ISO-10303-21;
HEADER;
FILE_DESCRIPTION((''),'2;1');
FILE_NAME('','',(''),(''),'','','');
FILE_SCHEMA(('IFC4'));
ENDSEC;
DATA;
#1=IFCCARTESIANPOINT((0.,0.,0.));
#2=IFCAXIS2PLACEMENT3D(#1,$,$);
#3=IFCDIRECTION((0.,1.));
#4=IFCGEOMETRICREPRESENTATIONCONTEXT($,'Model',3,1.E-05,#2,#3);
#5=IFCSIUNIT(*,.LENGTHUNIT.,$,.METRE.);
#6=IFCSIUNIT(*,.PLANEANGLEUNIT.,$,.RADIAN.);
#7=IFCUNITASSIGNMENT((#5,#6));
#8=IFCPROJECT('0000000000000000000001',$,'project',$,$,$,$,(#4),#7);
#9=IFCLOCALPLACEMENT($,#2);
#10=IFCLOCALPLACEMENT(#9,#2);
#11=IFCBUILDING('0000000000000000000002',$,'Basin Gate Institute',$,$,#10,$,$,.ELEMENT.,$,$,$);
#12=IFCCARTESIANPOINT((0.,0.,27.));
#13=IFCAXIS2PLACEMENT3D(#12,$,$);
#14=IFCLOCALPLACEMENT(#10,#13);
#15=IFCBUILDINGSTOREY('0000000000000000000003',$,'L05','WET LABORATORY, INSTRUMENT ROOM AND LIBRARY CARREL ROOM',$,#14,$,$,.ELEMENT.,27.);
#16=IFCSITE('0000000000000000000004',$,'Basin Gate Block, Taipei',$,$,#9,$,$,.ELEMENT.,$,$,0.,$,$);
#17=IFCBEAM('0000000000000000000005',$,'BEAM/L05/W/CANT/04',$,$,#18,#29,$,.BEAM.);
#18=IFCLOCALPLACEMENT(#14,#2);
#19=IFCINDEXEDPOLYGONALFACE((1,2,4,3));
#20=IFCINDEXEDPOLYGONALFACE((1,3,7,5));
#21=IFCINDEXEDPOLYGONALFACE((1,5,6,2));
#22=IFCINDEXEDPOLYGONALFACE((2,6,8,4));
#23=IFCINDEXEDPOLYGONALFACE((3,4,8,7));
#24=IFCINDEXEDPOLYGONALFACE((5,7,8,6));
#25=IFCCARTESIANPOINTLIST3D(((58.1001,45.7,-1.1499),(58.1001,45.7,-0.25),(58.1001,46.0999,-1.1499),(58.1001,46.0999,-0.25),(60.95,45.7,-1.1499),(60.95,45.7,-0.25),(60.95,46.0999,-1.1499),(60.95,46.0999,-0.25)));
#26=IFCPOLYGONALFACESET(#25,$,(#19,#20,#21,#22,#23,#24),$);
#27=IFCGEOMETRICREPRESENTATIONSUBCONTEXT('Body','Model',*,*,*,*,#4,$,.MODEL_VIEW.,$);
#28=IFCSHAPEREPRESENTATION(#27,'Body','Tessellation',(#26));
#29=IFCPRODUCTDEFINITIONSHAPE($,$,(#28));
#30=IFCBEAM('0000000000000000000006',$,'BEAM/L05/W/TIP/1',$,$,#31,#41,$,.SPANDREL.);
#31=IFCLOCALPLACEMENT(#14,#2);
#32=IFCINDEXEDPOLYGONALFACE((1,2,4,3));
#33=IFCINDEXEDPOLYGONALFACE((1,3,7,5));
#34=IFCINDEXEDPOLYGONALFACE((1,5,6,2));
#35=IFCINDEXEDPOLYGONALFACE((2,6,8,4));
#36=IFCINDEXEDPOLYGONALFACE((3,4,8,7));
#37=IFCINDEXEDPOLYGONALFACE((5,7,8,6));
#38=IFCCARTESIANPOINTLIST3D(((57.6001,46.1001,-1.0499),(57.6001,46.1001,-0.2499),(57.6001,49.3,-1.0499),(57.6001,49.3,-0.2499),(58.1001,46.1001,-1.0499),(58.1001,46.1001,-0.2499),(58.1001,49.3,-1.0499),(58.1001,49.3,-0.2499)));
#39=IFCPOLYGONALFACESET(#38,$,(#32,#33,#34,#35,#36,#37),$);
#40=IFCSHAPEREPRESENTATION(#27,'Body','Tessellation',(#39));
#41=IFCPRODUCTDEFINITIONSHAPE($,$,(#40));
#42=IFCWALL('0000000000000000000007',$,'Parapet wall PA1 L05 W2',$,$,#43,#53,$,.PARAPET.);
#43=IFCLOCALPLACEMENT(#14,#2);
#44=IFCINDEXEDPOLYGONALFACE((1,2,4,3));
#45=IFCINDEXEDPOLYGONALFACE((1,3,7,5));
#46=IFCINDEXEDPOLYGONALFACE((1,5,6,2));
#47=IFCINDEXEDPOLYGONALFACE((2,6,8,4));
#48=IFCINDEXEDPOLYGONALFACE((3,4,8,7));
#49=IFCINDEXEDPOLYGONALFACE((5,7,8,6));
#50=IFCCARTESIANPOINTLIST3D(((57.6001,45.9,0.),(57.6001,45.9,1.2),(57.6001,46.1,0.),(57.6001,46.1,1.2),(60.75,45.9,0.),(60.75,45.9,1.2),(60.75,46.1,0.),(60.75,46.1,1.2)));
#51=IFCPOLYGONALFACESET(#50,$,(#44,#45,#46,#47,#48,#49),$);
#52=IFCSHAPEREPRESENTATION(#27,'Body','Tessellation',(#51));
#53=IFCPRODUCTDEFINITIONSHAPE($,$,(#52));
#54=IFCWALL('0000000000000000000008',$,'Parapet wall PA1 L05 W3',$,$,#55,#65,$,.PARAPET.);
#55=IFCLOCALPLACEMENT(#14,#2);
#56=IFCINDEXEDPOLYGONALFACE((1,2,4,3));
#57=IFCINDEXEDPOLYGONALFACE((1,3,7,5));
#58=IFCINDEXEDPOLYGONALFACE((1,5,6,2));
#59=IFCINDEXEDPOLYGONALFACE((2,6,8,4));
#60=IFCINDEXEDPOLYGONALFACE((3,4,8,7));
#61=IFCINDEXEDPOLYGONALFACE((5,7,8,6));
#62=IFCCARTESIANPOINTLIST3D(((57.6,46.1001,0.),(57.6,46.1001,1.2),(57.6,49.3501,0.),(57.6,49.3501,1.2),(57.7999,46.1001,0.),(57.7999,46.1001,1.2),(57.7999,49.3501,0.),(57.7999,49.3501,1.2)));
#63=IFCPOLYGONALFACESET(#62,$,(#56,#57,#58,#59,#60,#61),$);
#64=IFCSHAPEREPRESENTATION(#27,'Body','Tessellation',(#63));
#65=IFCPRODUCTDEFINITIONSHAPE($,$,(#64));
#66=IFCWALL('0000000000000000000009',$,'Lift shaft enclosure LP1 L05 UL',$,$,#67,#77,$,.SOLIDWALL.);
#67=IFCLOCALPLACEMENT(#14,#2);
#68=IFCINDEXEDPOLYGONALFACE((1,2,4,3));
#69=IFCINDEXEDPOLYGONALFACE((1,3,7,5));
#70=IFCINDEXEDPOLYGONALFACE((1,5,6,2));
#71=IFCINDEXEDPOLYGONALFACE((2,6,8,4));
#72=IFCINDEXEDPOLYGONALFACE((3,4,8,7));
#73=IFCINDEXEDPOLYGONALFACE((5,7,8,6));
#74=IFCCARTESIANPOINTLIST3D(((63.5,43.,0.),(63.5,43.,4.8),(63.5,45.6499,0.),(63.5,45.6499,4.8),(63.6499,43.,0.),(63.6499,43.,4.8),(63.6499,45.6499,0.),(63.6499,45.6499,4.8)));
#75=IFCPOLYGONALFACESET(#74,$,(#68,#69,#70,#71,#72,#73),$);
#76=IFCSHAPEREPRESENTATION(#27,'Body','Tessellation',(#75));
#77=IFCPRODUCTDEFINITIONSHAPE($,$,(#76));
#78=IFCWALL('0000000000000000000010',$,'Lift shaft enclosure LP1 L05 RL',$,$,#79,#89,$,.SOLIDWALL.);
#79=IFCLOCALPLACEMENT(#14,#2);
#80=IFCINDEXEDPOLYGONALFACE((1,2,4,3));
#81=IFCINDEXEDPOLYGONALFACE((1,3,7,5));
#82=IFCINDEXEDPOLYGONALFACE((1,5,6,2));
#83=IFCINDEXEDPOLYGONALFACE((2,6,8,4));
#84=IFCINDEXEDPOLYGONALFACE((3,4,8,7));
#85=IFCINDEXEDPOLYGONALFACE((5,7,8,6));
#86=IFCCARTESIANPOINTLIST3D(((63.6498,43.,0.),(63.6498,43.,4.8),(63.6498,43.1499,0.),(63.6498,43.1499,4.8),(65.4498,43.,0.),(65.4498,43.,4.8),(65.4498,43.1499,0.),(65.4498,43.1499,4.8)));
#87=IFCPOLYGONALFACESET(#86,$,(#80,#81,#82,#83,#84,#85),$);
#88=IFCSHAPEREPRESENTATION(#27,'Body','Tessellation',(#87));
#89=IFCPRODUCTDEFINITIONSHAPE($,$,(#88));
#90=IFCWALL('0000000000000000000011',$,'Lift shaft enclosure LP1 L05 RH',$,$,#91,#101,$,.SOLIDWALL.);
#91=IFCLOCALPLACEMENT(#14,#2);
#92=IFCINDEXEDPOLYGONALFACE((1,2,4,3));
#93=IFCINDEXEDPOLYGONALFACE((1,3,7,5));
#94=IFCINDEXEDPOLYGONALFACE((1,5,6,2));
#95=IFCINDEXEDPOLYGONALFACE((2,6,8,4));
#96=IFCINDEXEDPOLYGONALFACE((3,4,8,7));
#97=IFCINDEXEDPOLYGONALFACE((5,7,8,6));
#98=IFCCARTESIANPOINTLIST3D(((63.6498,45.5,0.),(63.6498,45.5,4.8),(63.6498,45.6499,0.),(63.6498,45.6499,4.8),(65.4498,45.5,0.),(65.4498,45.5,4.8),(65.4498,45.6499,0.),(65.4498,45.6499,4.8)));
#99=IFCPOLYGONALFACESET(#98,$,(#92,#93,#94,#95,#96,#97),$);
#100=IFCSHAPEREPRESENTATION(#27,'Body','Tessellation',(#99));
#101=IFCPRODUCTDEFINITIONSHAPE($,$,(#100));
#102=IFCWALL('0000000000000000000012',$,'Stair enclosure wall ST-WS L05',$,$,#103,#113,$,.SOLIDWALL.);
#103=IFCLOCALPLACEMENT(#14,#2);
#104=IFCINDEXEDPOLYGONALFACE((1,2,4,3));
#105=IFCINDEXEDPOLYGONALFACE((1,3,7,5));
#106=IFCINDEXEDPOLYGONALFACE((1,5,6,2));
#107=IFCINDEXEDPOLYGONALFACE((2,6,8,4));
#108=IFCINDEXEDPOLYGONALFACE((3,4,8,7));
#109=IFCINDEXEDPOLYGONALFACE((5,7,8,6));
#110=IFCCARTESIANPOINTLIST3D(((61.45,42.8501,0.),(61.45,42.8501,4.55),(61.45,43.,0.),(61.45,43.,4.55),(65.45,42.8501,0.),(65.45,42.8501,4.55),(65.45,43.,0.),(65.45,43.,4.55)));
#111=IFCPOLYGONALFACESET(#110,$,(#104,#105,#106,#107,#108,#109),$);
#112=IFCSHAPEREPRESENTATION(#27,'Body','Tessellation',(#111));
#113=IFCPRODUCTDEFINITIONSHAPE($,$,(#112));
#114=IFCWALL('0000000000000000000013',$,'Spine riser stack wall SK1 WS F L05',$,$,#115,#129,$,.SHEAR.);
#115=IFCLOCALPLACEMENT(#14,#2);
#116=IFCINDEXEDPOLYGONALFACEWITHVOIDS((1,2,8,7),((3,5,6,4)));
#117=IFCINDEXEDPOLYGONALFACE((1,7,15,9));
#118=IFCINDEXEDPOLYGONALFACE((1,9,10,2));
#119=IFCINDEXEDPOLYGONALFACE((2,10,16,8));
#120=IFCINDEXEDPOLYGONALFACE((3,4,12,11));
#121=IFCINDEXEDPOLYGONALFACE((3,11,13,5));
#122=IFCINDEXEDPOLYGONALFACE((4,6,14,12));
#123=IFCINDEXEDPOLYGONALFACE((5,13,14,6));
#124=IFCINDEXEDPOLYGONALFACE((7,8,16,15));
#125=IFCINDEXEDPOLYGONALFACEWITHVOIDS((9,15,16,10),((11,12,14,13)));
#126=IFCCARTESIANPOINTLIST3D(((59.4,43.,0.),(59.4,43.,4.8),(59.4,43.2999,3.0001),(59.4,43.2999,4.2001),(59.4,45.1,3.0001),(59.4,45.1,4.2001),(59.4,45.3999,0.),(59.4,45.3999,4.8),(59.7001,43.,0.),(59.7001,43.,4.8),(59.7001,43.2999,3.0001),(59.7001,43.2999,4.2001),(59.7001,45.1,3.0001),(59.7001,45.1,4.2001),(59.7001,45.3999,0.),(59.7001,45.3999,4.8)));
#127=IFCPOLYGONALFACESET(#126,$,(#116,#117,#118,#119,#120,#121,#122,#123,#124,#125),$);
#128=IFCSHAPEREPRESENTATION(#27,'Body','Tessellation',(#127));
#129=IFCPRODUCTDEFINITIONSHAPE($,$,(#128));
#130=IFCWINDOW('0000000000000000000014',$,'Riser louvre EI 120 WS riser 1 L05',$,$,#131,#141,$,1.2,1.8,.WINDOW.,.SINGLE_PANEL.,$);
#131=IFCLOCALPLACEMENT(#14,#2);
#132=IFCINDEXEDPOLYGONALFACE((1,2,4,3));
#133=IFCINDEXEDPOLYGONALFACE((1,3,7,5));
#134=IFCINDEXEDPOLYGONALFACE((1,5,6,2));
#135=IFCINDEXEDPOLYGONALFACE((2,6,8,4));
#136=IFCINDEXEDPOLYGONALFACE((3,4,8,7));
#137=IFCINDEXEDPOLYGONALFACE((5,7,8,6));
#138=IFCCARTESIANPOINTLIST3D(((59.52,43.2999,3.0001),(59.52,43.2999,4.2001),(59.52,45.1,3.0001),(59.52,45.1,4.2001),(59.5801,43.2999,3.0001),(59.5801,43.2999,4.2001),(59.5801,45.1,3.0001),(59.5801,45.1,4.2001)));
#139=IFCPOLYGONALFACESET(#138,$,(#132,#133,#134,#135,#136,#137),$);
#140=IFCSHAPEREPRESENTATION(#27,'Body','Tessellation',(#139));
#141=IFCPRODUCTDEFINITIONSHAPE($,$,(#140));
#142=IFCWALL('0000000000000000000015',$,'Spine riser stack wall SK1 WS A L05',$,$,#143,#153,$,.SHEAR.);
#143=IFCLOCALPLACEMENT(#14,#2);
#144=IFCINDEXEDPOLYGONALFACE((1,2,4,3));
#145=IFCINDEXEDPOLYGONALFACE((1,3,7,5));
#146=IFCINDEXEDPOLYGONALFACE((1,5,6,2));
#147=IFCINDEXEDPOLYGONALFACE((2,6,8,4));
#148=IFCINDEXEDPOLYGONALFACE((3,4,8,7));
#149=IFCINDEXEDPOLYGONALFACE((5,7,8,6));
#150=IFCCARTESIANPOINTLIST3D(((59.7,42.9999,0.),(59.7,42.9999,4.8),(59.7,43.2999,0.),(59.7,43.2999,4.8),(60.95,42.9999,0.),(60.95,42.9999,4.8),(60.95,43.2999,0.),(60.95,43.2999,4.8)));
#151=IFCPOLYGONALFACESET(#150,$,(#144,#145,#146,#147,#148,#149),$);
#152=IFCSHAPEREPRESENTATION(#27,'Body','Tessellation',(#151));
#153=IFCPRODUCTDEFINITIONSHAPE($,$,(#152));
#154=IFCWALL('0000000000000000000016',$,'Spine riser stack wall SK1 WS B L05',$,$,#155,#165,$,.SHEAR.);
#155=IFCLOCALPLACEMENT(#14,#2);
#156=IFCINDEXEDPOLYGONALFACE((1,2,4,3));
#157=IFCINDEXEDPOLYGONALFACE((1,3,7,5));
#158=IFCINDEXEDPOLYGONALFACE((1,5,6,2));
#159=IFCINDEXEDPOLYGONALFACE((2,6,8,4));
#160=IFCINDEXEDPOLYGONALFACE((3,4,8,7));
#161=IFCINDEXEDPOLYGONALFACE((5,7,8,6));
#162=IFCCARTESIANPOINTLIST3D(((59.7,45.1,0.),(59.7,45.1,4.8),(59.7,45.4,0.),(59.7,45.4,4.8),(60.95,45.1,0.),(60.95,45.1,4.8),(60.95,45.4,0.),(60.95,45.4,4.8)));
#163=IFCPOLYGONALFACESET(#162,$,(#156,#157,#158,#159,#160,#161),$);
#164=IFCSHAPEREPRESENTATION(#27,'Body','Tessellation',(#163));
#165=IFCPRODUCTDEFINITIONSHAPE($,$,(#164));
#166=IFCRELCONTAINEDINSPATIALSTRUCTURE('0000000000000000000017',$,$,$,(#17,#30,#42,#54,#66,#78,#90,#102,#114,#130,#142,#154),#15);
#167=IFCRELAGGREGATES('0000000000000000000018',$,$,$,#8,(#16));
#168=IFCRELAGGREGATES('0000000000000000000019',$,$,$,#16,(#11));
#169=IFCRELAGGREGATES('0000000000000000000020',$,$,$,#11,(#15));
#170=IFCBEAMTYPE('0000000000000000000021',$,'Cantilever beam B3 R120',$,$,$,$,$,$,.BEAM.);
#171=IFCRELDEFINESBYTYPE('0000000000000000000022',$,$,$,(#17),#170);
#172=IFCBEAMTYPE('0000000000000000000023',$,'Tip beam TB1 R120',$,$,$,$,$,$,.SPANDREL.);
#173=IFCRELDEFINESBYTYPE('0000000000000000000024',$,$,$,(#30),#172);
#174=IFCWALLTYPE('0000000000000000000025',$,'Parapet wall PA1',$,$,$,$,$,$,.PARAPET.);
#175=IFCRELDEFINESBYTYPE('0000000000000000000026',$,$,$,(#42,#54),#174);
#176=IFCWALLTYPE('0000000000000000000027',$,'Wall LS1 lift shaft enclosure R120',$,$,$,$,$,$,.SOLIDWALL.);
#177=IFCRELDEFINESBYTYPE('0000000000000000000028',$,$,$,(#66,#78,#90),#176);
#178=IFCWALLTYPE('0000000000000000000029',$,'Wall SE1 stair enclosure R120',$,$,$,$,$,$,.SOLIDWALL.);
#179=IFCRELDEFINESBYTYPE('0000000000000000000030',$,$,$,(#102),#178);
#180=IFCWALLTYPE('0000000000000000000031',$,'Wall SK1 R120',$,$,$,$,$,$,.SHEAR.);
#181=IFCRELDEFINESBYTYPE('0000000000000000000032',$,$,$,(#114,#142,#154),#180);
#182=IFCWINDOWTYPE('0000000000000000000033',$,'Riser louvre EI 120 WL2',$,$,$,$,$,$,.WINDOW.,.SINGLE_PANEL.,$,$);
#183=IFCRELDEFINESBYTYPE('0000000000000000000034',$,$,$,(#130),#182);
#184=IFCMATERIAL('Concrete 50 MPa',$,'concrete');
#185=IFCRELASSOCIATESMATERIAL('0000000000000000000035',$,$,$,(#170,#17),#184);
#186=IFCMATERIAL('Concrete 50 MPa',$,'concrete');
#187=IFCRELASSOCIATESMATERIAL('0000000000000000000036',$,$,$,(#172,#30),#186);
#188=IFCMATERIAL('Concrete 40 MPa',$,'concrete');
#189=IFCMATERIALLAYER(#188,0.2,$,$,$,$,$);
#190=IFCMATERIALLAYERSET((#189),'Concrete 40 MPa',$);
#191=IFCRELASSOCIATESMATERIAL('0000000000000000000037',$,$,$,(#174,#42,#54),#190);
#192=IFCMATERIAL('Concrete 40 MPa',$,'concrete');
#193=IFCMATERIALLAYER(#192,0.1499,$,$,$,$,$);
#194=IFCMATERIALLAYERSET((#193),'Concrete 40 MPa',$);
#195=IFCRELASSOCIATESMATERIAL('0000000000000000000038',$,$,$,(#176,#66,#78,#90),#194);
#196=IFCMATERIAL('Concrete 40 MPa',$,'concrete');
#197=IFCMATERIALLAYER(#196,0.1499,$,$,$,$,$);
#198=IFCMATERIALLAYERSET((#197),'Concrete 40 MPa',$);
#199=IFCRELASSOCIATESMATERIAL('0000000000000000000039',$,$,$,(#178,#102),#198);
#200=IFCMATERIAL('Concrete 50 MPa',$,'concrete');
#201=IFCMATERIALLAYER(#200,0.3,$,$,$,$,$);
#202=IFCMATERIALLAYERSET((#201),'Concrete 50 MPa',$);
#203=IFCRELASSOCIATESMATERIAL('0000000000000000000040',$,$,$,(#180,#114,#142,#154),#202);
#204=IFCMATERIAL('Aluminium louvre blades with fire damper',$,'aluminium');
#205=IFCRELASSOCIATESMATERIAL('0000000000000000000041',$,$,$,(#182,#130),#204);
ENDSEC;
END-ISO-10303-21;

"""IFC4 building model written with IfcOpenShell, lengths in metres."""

from ifc_helpers import new_model, si_unit, direction, frame, frame_2d, origin, origin_2d, place, context, subcontext, project, spatial, rectangle, extrude, material, layer, layer_set, material_profile, profile_set, type_object, element, fill, save


model = new_model("IFC4")

# Units and contexts
model_context = context("Model", 3, precision=1e-05, world=origin(), true_north=direction((0.0, 1.0)))
body_context = subcontext(model_context, "Body", "Model", "MODEL_VIEW")
ifc_project = project(units=[si_unit("LENGTHUNIT", "METRE"), si_unit("PLANEANGLEUNIT", "RADIAN")], contexts=[model_context])

# Site, building, storey
site_placement = place(None, origin())
site = spatial("IfcSite", under=ifc_project, at=site_placement, Name="Basin Gate Block, Taipei", CompositionType="ELEMENT", RefElevation=0.0)
building_placement = place(site_placement, origin())
building = spatial("IfcBuilding", under=site, at=building_placement, Name="Basin Gate Institute", CompositionType="ELEMENT")
storey_placement = place(building_placement, frame((0.0, 0.0, 27.0)))
storey = spatial("IfcBuildingStorey", under=building, at=storey_placement, Name="L05", Description="WET LABORATORY, INSTRUMENT ROOM AND LIBRARY CARREL ROOM", CompositionType="ELEMENT", Elevation=27.0)

# Beams
ifc_material_1 = material(Name="Concrete 50 MPa", Category="concrete")
ifc_material_profile_1 = material_profile(ifc_material_1, rectangle(XDim=0.3999, YDim=0.8999, at=origin_2d()), Name="Cantilever beam B3 400 x 900")
ifc_profile_set_1 = profile_set([ifc_material_profile_1], Name="Concrete 50 MPa")
beam_type_1 = type_object("IfcBeamType", Name="Cantilever beam B3 R120", PredefinedType="BEAM", material=ifc_profile_set_1)
beam_1_placement = place(storey_placement, frame((58.1001, 45.8999, -0.7), z_axis=(1.0, 0.0, 0.0), x_axis=(0.0, 1.0, 0.0)))
element("IfcBeam", 1, at=beam_1_placement, inside=storey, type_object=beam_type_1, material=ifc_profile_set_1, Name="BEAM/L05/W/CANT/04", PredefinedType="BEAM", context=body_context, shape_type="SweptSolid", body=[
    extrude(rectangle(XDim=0.3999, YDim=0.8999, at=origin_2d()), origin(), (0.0, 0.0, 1.0), 2.8499),
])
ifc_material_2 = material(Name="Concrete 50 MPa", Category="concrete")
ifc_material_profile_2 = material_profile(ifc_material_2, rectangle(XDim=0.5, YDim=0.8, at=origin_2d()), Name="Tip beam TB1 500 x 800")
ifc_profile_set_2 = profile_set([ifc_material_profile_2], Name="Concrete 50 MPa")
beam_type_2 = type_object("IfcBeamType", Name="Tip beam TB1 R120", PredefinedType="SPANDREL", material=ifc_profile_set_2)
beam_2_placement = place(storey_placement, frame((57.8501, 46.1001, -0.6499), z_axis=(0.0, 1.0, 0.0), x_axis=(-1.0, 0.0, 0.0)))
element("IfcBeam", 2, at=beam_2_placement, inside=storey, type_object=beam_type_2, material=ifc_profile_set_2, Name="BEAM/L05/W/TIP/1", PredefinedType="SPANDREL", context=body_context, shape_type="SweptSolid", body=[
    extrude(rectangle(XDim=0.5, YDim=0.8, at=origin_2d()), origin(), (0.0, 0.0, 1.0), 3.2),
])

# Walls
ifc_material_3 = material(Name="Concrete 40 MPa", Category="concrete")
ifc_layer_1 = layer(ifc_material_3, 0.2)
ifc_layer_set_1 = layer_set([ifc_layer_1], Name="Concrete 40 MPa")
wall_type_1 = type_object("IfcWallType", Name="Parapet wall PA1", PredefinedType="PARAPET", material=ifc_layer_set_1)
wall_1_placement = place(storey_placement, frame((60.75, 46.0, 0.0), z_axis=(0.0, 0.0, 1.0), x_axis=(-1.0, 0.0, 0.0)))
element("IfcWall", 3, at=wall_1_placement, inside=storey, type_object=wall_type_1, material=ifc_layer_set_1, Name="Parapet wall PA1 L05 W2", PredefinedType="PARAPET", context=body_context, shape_type="SweptSolid", body=[
    extrude(rectangle(XDim=3.1499, YDim=0.2, at=frame_2d((1.575, 0.0))), origin(), (0.0, 0.0, 1.0), 1.2),
])
wall_2_placement = place(storey_placement, frame((57.7, 46.1001, 0.0), z_axis=(0.0, 0.0, 1.0), x_axis=(0.0, 1.0, 0.0)))
element("IfcWall", 4, at=wall_2_placement, inside=storey, type_object=wall_type_1, material=ifc_layer_set_1, Name="Parapet wall PA1 L05 W3", PredefinedType="PARAPET", context=body_context, shape_type="SweptSolid", body=[
    extrude(rectangle(XDim=3.25, YDim=0.2, at=frame_2d((1.625, 0.0))), origin(), (0.0, 0.0, 1.0), 1.2),
])
ifc_material_4 = material(Name="Concrete 40 MPa", Category="concrete")
ifc_layer_2 = layer(ifc_material_4, 0.1499)
ifc_layer_set_2 = layer_set([ifc_layer_2], Name="Concrete 40 MPa")
wall_type_2 = type_object("IfcWallType", Name="Wall LS1 lift shaft enclosure R120", PredefinedType="SOLIDWALL", material=ifc_layer_set_2)
wall_3_placement = place(storey_placement, frame((63.575, 43.0, 0.0), z_axis=(0.0, 0.0, 1.0), x_axis=(0.0, 1.0, 0.0)))
element("IfcWall", 5, at=wall_3_placement, inside=storey, type_object=wall_type_2, material=ifc_layer_set_2, Name="Lift shaft enclosure LP1 L05 UL", PredefinedType="SOLIDWALL", context=body_context, shape_type="SweptSolid", body=[
    extrude(rectangle(XDim=2.6499, YDim=0.1499, at=frame_2d((1.325, 0.0))), origin(), (0.0, 0.0, 1.0), 4.8),
])
for number, where, z_axis, x_axis, name in (
    (6, (63.6499, 43.075, 0.0), (0.0, 0.0, 1.0), (1.0, 0.0, 0.0), "Lift shaft enclosure LP1 L05 RL"),
    (7, (63.6499, 45.575, 0.0), (0.0, 0.0, 1.0), (1.0, 0.0, 0.0), "Lift shaft enclosure LP1 L05 RH"),
):
    element("IfcWall", number, at=place(storey_placement, frame(where, z_axis=z_axis, x_axis=x_axis)), inside=storey, type_object=wall_type_2, material=ifc_layer_set_2, Name=name, PredefinedType="SOLIDWALL", context=body_context, shape_type="SweptSolid", body=[
        extrude(rectangle(XDim=1.8, YDim=0.1499, at=frame_2d((0.8999, 0.0))), origin(), (0.0, 0.0, 1.0), 4.8),
    ])
ifc_material_5 = material(Name="Concrete 40 MPa", Category="concrete")
ifc_layer_3 = layer(ifc_material_5, 0.1499)
ifc_layer_set_3 = layer_set([ifc_layer_3], Name="Concrete 40 MPa")
wall_type_3 = type_object("IfcWallType", Name="Wall SE1 stair enclosure R120", PredefinedType="SOLIDWALL", material=ifc_layer_set_3)
wall_4_placement = place(storey_placement, frame((61.45, 42.925, 0.0), z_axis=(0.0, 0.0, 1.0), x_axis=(1.0, 0.0, 0.0)))
element("IfcWall", 8, at=wall_4_placement, inside=storey, type_object=wall_type_3, material=ifc_layer_set_3, Name="Stair enclosure wall ST-WS L05", PredefinedType="SOLIDWALL", context=body_context, shape_type="SweptSolid", body=[
    extrude(rectangle(XDim=4.0, YDim=0.1499, at=frame_2d((2.0, 0.0))), origin(), (0.0, 0.0, 1.0), 4.55),
])

# Wall, opening, window
ifc_material_6 = material(Name="Concrete 50 MPa", Category="concrete")
ifc_layer_4 = layer(ifc_material_6, 0.3)
ifc_layer_set_4 = layer_set([ifc_layer_4], Name="Concrete 50 MPa")
wall_type_4 = type_object("IfcWallType", Name="Wall SK1 R120", PredefinedType="SHEAR", material=ifc_layer_set_4)
wall_5_placement = place(storey_placement, frame((59.55, 43.0, 0.0), z_axis=(0.0, 0.0, 1.0), x_axis=(0.0, 1.0, 0.0)))
wall_5 = element("IfcWall", 9, at=wall_5_placement, inside=storey, type_object=wall_type_4, material=ifc_layer_set_4, Name="Spine riser stack wall SK1 WS F L05", PredefinedType="SHEAR", context=body_context, shape_type="SweptSolid", body=[
    extrude(rectangle(XDim=2.3999, YDim=0.3, at=frame_2d((1.2, 0.0))), origin(), (0.0, 0.0, 1.0), 4.8),
])
opening_1_placement = place(wall_5_placement, frame((0.3, 0.0, 3.0)))
opening_1 = element("IfcOpeningElement", 10, at=opening_1_placement, cuts=wall_5, PredefinedType="OPENING", context=body_context, shape_type="SweptSolid", body=[
    extrude(rectangle(XDim=1.8, YDim=1.2, at=frame_2d((0.8999, 0.6001))), frame((0.0, 0.1602, 0.0), z_axis=(0.0, -1.0, 0.0), x_axis=(1.0, 0.0, 0.0)), (0.0, 0.0, 1.0), 0.3201),
])
ifc_material_7 = material(Name="Aluminium louvre blades with fire damper", Category="aluminium")
window_type_1 = type_object("IfcWindowType", Name="Riser louvre EI 120 WL2", PartitioningType="SINGLE_PANEL", PredefinedType="WINDOW", material=ifc_material_7)
window_1_placement = place(opening_1_placement, origin())
window_1 = element("IfcWindow", 11, at=window_1_placement, inside=storey, type_object=window_type_1, material=ifc_material_7, Name="Riser louvre EI 120 WS riser 1 L05", OverallHeight=1.2, OverallWidth=1.8, PartitioningType="SINGLE_PANEL", PredefinedType="WINDOW", context=body_context, shape_type="SweptSolid", body=[
    extrude(rectangle(XDim=1.8, YDim=1.2, at=frame_2d((0.8999, 0.6001))), frame((0.0, 0.03, 0.0), z_axis=(0.0, -1.0, 0.0), x_axis=(1.0, 0.0, 0.0)), (0.0, 0.0, 1.0), 0.0601),
])
fill(opening_1, window_1)

# Walls
for number, where, z_axis, x_axis, name in (
    (12, (60.95, 43.1499, 0.0), (0.0, 0.0, 1.0), (-1.0, 0.0, 0.0), "Spine riser stack wall SK1 WS A L05"),
    (13, (60.95, 45.25, 0.0), (0.0, 0.0, 1.0), (-1.0, 0.0, 0.0), "Spine riser stack wall SK1 WS B L05"),
):
    element("IfcWall", number, at=place(storey_placement, frame(where, z_axis=z_axis, x_axis=x_axis)), inside=storey, type_object=wall_type_4, material=ifc_layer_set_4, Name=name, PredefinedType="SHEAR", context=body_context, shape_type="SweptSolid", body=[
        extrude(rectangle(XDim=1.25, YDim=0.3, at=frame_2d((0.625, 0.0))), origin(), (0.0, 0.0, 1.0), 4.8),
    ])

save(model, "model.ifc")
